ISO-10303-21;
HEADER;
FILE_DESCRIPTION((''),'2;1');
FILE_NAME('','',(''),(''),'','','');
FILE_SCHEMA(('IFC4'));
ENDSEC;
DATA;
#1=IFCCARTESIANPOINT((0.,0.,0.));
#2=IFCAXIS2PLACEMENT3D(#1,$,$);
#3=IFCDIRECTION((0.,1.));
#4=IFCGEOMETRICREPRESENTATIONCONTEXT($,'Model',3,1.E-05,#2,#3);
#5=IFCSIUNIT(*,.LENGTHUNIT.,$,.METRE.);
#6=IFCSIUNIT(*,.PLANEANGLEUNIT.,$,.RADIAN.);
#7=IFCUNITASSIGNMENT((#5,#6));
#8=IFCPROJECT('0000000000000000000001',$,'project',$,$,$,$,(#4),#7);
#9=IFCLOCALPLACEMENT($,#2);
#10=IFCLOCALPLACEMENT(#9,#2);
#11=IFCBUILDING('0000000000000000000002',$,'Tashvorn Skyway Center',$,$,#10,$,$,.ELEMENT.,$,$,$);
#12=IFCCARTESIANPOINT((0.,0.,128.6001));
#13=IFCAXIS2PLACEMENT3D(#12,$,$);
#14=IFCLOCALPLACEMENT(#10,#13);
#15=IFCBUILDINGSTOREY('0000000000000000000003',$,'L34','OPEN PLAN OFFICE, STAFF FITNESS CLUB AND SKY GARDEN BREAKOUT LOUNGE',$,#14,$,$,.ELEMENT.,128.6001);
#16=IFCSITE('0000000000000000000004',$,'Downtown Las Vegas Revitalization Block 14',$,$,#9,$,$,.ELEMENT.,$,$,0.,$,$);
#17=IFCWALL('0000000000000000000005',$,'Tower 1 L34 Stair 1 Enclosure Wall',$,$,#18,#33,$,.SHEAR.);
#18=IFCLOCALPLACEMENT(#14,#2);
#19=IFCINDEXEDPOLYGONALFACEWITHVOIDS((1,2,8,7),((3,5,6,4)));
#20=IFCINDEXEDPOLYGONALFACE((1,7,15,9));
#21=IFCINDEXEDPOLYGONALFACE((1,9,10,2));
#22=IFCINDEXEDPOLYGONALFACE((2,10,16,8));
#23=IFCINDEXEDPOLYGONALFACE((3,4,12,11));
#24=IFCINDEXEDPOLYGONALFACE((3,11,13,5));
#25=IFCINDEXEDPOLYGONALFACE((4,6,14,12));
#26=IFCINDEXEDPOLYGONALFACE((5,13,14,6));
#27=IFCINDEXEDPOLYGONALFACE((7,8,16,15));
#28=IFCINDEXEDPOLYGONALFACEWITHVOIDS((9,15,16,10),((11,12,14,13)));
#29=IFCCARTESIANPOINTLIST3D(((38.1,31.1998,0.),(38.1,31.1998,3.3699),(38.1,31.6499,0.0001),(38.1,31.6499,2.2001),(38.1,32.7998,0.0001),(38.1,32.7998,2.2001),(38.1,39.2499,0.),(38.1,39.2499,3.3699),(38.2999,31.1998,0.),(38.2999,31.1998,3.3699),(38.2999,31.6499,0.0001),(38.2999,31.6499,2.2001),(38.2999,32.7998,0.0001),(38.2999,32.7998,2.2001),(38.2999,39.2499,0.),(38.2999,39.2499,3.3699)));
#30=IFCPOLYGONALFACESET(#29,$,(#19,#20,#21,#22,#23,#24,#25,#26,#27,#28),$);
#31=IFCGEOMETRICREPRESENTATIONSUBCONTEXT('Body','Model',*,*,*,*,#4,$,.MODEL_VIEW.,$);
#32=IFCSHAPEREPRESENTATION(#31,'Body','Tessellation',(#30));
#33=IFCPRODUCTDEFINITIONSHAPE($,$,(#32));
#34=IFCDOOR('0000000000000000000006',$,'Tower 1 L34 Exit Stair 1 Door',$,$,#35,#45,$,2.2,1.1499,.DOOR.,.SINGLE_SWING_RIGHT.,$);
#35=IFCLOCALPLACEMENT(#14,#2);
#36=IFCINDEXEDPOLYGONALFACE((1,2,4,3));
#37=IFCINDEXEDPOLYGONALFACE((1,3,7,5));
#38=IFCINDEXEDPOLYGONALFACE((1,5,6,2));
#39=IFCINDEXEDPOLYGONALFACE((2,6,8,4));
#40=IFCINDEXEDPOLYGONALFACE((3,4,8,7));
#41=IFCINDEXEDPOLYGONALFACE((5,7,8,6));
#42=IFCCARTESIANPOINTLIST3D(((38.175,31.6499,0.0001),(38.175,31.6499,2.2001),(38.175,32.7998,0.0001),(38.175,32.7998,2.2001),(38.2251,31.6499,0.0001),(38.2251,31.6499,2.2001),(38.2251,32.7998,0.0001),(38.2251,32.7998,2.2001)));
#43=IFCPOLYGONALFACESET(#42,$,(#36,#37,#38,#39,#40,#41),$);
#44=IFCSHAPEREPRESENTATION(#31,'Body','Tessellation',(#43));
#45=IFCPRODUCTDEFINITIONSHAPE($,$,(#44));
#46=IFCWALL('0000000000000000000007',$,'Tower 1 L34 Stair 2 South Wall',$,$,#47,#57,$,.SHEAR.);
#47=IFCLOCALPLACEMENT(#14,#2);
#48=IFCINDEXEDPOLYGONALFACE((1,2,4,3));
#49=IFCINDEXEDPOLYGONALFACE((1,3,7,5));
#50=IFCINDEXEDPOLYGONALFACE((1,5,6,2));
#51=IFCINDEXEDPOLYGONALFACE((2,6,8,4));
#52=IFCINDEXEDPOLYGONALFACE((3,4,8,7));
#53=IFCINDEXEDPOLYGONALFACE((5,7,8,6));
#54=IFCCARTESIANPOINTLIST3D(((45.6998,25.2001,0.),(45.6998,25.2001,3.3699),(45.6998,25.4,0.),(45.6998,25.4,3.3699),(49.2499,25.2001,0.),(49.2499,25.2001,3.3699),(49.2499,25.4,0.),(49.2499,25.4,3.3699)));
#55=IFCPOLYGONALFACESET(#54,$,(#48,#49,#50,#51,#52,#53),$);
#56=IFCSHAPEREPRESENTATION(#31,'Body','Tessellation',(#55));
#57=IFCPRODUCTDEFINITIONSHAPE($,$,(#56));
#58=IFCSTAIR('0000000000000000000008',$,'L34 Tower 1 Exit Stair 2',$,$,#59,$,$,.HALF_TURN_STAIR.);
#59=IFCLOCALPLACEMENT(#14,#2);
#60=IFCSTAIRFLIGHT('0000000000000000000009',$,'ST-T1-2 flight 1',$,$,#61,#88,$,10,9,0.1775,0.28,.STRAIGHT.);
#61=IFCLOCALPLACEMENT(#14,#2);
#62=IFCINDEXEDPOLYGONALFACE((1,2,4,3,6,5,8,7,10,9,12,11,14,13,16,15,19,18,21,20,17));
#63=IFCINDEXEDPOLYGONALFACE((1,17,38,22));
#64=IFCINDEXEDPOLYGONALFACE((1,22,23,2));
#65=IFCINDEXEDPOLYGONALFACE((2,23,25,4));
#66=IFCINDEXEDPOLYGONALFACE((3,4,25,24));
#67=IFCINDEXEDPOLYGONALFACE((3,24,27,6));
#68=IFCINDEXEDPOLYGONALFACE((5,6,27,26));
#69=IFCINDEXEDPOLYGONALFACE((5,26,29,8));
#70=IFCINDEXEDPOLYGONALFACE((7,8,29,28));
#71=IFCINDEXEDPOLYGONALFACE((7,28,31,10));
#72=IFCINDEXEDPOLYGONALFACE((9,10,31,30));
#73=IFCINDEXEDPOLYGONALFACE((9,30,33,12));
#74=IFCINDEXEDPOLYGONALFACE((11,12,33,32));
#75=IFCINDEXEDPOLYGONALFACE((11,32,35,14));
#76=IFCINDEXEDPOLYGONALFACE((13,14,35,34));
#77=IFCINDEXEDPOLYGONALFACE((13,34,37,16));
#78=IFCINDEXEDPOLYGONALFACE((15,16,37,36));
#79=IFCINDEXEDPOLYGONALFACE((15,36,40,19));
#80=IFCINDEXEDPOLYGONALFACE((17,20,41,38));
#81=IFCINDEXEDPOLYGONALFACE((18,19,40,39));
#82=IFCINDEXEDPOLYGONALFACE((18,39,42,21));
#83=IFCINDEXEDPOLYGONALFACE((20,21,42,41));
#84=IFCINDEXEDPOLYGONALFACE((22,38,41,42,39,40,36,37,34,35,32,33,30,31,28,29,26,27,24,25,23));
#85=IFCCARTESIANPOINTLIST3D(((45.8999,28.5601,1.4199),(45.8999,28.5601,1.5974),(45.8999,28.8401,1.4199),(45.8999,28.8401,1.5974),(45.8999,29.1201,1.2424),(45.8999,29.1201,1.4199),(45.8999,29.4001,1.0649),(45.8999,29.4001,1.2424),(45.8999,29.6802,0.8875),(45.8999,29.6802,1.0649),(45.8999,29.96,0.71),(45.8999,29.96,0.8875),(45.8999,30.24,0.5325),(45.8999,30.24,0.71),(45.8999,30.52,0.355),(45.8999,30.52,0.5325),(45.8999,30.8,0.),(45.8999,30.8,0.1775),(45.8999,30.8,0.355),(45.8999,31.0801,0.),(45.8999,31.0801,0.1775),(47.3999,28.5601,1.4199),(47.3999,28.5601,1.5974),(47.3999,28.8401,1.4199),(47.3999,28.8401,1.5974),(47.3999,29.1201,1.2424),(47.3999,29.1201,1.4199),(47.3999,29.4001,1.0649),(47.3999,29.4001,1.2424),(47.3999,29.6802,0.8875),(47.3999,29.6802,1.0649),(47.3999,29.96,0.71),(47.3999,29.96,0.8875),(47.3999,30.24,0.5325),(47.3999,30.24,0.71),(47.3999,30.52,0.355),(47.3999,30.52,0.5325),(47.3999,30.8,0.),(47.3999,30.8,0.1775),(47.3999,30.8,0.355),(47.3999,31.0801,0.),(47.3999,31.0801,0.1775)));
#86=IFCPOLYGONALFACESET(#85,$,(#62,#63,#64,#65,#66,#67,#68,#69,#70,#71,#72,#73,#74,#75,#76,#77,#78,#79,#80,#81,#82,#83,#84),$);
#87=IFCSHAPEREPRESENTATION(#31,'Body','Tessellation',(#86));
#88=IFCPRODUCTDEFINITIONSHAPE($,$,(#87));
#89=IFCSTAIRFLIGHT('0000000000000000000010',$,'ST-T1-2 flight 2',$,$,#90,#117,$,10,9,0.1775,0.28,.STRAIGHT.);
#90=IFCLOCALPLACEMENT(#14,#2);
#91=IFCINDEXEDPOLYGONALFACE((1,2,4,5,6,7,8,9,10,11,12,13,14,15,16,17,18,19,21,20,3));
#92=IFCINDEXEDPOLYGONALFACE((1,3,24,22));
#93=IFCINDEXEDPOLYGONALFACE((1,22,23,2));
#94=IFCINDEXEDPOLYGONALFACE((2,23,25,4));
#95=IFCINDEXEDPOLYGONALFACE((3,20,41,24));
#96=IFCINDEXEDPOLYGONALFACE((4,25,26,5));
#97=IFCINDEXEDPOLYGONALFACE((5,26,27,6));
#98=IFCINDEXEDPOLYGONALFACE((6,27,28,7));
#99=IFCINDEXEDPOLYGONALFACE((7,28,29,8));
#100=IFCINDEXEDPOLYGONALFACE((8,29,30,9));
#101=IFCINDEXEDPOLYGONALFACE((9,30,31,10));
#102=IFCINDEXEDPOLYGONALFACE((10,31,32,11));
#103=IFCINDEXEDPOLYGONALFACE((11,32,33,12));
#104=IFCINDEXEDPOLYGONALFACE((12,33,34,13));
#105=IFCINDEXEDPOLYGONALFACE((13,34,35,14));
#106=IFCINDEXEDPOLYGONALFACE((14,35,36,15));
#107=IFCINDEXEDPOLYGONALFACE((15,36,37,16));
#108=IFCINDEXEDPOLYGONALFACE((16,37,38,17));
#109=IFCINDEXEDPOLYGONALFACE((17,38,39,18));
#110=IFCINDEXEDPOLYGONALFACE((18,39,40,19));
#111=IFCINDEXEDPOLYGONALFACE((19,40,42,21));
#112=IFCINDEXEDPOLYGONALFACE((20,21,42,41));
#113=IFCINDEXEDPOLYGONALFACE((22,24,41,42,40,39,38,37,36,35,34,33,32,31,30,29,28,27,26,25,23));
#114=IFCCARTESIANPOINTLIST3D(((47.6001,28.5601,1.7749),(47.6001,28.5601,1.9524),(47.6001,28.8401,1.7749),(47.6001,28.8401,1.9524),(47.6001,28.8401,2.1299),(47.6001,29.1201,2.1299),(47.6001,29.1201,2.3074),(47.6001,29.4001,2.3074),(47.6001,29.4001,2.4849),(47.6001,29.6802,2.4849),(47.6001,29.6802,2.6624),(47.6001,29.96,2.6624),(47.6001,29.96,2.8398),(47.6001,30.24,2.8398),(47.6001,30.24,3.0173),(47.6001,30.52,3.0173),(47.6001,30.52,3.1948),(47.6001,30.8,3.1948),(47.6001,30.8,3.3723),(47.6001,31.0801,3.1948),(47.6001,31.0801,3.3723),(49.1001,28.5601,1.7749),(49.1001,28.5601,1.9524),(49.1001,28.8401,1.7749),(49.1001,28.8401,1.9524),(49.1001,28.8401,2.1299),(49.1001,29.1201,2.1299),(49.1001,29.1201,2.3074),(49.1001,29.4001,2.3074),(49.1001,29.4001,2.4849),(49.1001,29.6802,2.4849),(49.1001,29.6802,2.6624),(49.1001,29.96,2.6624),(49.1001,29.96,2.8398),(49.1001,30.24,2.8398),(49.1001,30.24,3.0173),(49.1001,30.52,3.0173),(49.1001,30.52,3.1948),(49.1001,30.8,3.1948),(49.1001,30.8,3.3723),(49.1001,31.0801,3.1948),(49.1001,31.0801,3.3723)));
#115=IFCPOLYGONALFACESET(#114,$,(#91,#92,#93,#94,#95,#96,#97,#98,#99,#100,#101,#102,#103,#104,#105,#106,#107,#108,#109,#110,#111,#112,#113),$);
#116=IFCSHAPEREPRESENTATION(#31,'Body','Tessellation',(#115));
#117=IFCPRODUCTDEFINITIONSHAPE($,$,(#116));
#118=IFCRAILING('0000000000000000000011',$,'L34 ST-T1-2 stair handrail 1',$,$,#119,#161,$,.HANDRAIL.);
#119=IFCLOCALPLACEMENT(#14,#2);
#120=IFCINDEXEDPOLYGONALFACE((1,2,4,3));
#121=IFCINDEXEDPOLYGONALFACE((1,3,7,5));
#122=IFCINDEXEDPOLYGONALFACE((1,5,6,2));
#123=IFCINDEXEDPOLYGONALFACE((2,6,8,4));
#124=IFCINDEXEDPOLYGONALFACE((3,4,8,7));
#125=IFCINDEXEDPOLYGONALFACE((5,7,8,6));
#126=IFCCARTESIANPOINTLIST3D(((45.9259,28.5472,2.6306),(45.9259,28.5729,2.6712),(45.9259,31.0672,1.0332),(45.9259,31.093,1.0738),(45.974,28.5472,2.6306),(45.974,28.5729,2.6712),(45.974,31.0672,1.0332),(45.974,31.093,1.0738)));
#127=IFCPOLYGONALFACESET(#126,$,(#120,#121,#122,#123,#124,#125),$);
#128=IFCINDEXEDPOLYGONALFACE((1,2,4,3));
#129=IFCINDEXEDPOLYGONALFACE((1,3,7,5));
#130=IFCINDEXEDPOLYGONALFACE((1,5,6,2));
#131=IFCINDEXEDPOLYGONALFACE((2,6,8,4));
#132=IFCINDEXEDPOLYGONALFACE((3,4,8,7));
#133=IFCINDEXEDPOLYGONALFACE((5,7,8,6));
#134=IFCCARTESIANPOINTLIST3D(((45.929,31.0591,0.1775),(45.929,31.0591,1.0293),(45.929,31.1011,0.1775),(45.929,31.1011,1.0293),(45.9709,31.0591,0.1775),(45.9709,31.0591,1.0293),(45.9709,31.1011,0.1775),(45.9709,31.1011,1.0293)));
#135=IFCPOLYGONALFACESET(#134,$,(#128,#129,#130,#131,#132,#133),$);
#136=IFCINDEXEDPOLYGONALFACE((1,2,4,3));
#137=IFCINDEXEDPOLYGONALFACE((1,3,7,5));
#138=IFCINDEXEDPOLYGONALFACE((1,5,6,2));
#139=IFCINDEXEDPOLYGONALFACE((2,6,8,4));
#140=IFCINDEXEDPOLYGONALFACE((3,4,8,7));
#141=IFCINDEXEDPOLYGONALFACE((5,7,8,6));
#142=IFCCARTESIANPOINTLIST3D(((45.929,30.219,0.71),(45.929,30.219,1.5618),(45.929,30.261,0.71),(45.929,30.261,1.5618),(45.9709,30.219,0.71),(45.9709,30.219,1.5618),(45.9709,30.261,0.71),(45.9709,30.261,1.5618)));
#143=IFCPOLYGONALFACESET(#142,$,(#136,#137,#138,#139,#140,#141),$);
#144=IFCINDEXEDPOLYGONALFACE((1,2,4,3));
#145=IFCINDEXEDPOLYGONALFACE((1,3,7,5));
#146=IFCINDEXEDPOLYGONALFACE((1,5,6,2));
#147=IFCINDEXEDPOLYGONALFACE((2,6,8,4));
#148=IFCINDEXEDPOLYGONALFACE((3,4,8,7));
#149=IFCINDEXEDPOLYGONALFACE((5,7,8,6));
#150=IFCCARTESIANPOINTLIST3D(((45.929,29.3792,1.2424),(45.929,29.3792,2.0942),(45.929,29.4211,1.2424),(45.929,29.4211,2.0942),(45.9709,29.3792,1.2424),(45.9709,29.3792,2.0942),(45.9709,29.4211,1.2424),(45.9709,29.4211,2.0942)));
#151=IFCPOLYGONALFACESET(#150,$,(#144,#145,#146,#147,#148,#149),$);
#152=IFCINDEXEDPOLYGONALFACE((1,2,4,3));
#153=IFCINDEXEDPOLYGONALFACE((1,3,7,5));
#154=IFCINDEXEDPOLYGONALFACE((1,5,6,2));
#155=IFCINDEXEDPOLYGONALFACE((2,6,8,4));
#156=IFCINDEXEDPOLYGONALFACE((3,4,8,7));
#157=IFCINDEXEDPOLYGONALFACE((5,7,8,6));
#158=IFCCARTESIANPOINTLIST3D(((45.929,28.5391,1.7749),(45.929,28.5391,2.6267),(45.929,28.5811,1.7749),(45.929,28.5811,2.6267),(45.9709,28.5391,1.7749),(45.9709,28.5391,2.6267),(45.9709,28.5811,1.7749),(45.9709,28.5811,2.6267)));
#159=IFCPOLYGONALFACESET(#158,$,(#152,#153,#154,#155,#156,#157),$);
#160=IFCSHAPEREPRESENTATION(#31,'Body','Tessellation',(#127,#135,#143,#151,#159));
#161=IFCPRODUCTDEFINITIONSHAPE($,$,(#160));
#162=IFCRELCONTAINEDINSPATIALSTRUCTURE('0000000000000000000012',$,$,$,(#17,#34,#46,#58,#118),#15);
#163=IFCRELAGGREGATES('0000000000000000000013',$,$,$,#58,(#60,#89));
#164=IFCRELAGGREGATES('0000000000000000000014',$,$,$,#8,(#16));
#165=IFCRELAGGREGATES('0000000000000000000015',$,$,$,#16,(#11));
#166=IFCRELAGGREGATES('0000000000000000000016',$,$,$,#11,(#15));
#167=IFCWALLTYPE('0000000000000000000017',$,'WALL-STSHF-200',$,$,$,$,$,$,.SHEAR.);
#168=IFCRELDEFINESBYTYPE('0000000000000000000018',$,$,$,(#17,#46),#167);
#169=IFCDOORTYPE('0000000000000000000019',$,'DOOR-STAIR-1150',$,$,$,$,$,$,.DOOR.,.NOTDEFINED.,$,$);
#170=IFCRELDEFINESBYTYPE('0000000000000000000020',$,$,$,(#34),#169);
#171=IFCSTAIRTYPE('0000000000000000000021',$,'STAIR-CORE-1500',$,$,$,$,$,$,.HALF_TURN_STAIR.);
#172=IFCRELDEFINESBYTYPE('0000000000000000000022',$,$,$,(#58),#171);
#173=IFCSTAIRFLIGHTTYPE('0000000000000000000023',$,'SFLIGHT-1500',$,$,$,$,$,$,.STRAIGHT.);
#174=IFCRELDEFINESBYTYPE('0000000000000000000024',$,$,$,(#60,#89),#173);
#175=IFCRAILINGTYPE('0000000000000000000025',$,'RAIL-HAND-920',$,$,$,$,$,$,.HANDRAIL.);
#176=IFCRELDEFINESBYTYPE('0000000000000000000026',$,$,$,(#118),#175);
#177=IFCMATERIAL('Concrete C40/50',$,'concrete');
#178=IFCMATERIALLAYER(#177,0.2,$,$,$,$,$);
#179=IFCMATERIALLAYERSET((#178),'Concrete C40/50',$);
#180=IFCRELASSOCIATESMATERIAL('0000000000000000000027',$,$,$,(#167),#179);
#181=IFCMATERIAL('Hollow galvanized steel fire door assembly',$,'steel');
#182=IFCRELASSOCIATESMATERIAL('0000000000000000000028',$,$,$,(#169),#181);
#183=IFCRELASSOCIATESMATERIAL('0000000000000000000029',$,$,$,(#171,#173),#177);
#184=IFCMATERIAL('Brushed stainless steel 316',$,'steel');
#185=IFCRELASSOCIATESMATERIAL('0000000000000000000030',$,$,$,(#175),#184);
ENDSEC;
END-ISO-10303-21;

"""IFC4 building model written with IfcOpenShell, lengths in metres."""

from ifc_helpers import new_model, si_unit, direction, frame, frame_2d, origin, origin_2d, place, context, subcontext, project, spatial, polyline, rectangle, outline, extrude, material, layer, layer_set, type_object, element, fill, aggregate, save


model = new_model("IFC4")

# Units and contexts
model_context = context("Model", 3, precision=1e-05, world=origin(), true_north=direction((0.0, 1.0)))
body_context = subcontext(model_context, "Body", "Model", "MODEL_VIEW")
ifc_project = project(units=[si_unit("LENGTHUNIT", "METRE"), si_unit("PLANEANGLEUNIT", "RADIAN")], contexts=[model_context])

# Site, building, storey
site_placement = place(None, origin())
site = spatial("IfcSite", under=ifc_project, at=site_placement, Name="Downtown Las Vegas Revitalization Block 14", CompositionType="ELEMENT", RefElevation=0.0)
building_placement = place(site_placement, origin())
building = spatial("IfcBuilding", under=site, at=building_placement, Name="Tashvorn Skyway Center", CompositionType="ELEMENT")
storey_placement = place(building_placement, frame((0.0, 0.0, 128.6001)))
storey = spatial("IfcBuildingStorey", under=building, at=storey_placement, Name="L34", Description="OPEN PLAN OFFICE, STAFF FITNESS CLUB AND SKY GARDEN BREAKOUT LOUNGE", CompositionType="ELEMENT", Elevation=128.6001)

# Shared definitions
ifc_material_1 = material(Name="Concrete C40/50", Category="concrete")
ifc_material_2 = material(Name="Hollow galvanized steel fire door assembly", Category="steel")

# Wall, opening, door
ifc_layer_1 = layer(ifc_material_1, 0.2)
ifc_layer_set_1 = layer_set([ifc_layer_1], Name="Concrete C40/50")
wall_type_1 = type_object("IfcWallType", Name="WALL-STSHF-200", PredefinedType="SHEAR", material=ifc_layer_set_1)
wall_1_placement = place(storey_placement, frame((38.2, 31.2, 0.0), z_axis=(0.0, 0.0, 1.0), x_axis=(0.0, 1.0, 0.0)))
wall_1 = element("IfcWall", 1, at=wall_1_placement, inside=storey, type_object=wall_type_1, Name="Tower 1 L34 Stair 1 Enclosure Wall", PredefinedType="SHEAR", context=body_context, shape_type="SweptSolid", body=[
    extrude(rectangle(XDim=8.05, YDim=0.2, at=frame_2d((4.0249, 0.0))), origin(), (0.0, 0.0, 1.0), 3.3699),
])
opening_1_placement = place(wall_1_placement, frame((0.45, 0.0, 0.0)))
opening_1 = element("IfcOpeningElement", 2, at=opening_1_placement, cuts=wall_1, PredefinedType="OPENING", context=body_context, shape_type="SweptSolid", body=[
    extrude(rectangle(XDim=1.1499, YDim=2.2, at=frame_2d((0.575, 1.1001))), frame((0.0, 0.1099, 0.0), z_axis=(0.0, -1.0, 0.0), x_axis=(1.0, 0.0, 0.0)), (0.0, 0.0, 1.0), 0.22),
])
door_type_1 = type_object("IfcDoorType", Name="DOOR-STAIR-1150", OperationType="NOTDEFINED", PredefinedType="DOOR", material=ifc_material_2)
door_1_placement = place(opening_1_placement, origin())
door_1 = element("IfcDoor", 3, at=door_1_placement, inside=storey, type_object=door_type_1, Name="Tower 1 L34 Exit Stair 1 Door", OperationType="SINGLE_SWING_RIGHT", OverallHeight=2.2, OverallWidth=1.1499, PredefinedType="DOOR", context=body_context, shape_type="SweptSolid", body=[
    extrude(rectangle(XDim=1.1499, YDim=2.2, at=frame_2d((0.575, 1.1001))), frame((0.0, 0.0249, 0.0), z_axis=(0.0, -1.0, 0.0), x_axis=(1.0, 0.0, 0.0)), (0.0, 0.0, 1.0), 0.05),
])
fill(opening_1, door_1)

# Wall
wall_2_placement = place(storey_placement, frame((45.7, 25.3, 0.0), z_axis=(0.0, 0.0, 1.0), x_axis=(1.0, 0.0, 0.0)))
element("IfcWall", 4, at=wall_2_placement, inside=storey, type_object=wall_type_1, Name="Tower 1 L34 Stair 2 South Wall", PredefinedType="SHEAR", context=body_context, shape_type="SweptSolid", body=[
    extrude(rectangle(XDim=3.55, YDim=0.2, at=frame_2d((1.7749, 0.0))), origin(), (0.0, 0.0, 1.0), 3.3699),
])

# Stair, stair flights
stair_type = type_object("IfcStairType", Name="STAIR-CORE-1500", PredefinedType="HALF_TURN_STAIR", material=ifc_material_1)
stair_placement = place(storey_placement, origin())
stair = element("IfcStair", 5, at=stair_placement, inside=storey, type_object=stair_type, Name="L34 Tower 1 Exit Stair 2", PredefinedType="HALF_TURN_STAIR")
stair_flight_type = type_object("IfcStairFlightType", Name="SFLIGHT-1500", PredefinedType="STRAIGHT", material=ifc_material_1)
stair_flight_1_placement = place(storey_placement, frame((46.6499, 31.0801, 0.0), z_axis=(0.0, 0.0, 1.0), x_axis=(0.0, -1.0, 0.0)))
stair_flight_1 = element("IfcStairFlight", 6, at=stair_flight_1_placement, type_object=stair_flight_type, Name="ST-T1-2 flight 1", NumberOfRisers=10, NumberOfTreads=9, PredefinedType="STRAIGHT", RiserHeight=0.1775, TreadLength=0.28, context=body_context, shape_type="SweptSolid", body=[
    extrude(outline(polyline([(0.0, 0.0), (0.0, 0.1775), (0.28, 0.1775), (0.28, 0.355), (0.5601, 0.355), (0.5601, 0.5325), (0.8401, 0.5325), (0.8401, 0.71), (1.1201, 0.71), (1.1201, 0.8875), (1.3999, 0.8875), (1.3999, 1.0649), (1.6799, 1.0649), (1.6799, 1.2424), (1.96, 1.2424), (1.96, 1.4199), (2.24, 1.4199), (2.24, 1.5974), (2.52, 1.5974), (2.52, 1.7749), (2.52, 1.4199), (0.28, 0.0), (0.0, 0.0)])), frame((0.0, 0.75, 0.0), z_axis=(0.0, -1.0, 0.0), x_axis=(1.0, 0.0, 0.0)), (0.0, 0.0, 1.0), 1.5),
])
stair_flight_2_placement = place(storey_placement, frame((48.3501, 28.5601, 1.7749), z_axis=(0.0, 0.0, 1.0), x_axis=(0.0, 1.0, 0.0)))
stair_flight_2 = element("IfcStairFlight", 7, at=stair_flight_2_placement, type_object=stair_flight_type, Name="ST-T1-2 flight 2", NumberOfRisers=10, NumberOfTreads=9, PredefinedType="STRAIGHT", RiserHeight=0.1775, TreadLength=0.28, context=body_context, shape_type="SweptSolid", body=[
    extrude(outline(polyline([(0.0, 0.0), (0.0, 0.1775), (0.28, 0.1775), (0.28, 0.355), (0.5601, 0.355), (0.5601, 0.5325), (0.8401, 0.5325), (0.8401, 0.71), (1.1201, 0.71), (1.1201, 0.8875), (1.3999, 0.8875), (1.3999, 1.0649), (1.6799, 1.0649), (1.6799, 1.2424), (1.96, 1.2424), (1.96, 1.4199), (2.24, 1.4199), (2.24, 1.5974), (2.52, 1.5974), (2.52, 1.7749), (2.52, 1.4199), (0.28, 0.0), (0.0, 0.0)])), frame((0.0, 0.75, 0.0), z_axis=(0.0, -1.0, 0.0), x_axis=(1.0, 0.0, 0.0)), (0.0, 0.0, 1.0), 1.5),
])
aggregate(stair, [stair_flight_1, stair_flight_2])

# Railing
ifc_material_3 = material(Name="Brushed stainless steel 316", Category="steel")
railing_type_1 = type_object("IfcRailingType", Name="RAIL-HAND-920", PredefinedType="HANDRAIL", material=ifc_material_3)
railing_1_placement = place(storey_placement, frame((45.95, 31.0801, 0.1775)))
element("IfcRailing", 8, at=railing_1_placement, inside=storey, type_object=railing_type_1, Name="L34 ST-T1-2 stair handrail 1", PredefinedType="HANDRAIL", context=body_context, shape_type="SweptSolid", body=[
    extrude(rectangle(XDim=0.0481, YDim=0.0481, at=origin_2d()), frame((0.0, 0.0, 0.876), z_axis=(0.0, -0.844607, 0.535387), x_axis=(1.0, 0.0, 0.0)), (0.0, 0.0, 1.0), 2.9836),
    extrude(rectangle(XDim=0.042, YDim=0.042, at=origin_2d()), origin(), (0.0, 0.0, 1.0), 0.8518),
    extrude(rectangle(XDim=0.042, YDim=0.042, at=origin_2d()), frame((0.0, -0.8401, 0.5325)), (0.0, 0.0, 1.0), 0.8518),
    extrude(rectangle(XDim=0.042, YDim=0.042, at=origin_2d()), frame((0.0, -1.6799, 1.0649)), (0.0, 0.0, 1.0), 0.8518),
    extrude(rectangle(XDim=0.042, YDim=0.042, at=origin_2d()), frame((0.0, -2.52, 1.5974)), (0.0, 0.0, 1.0), 0.8518),
])

save(model, "model.ifc")
